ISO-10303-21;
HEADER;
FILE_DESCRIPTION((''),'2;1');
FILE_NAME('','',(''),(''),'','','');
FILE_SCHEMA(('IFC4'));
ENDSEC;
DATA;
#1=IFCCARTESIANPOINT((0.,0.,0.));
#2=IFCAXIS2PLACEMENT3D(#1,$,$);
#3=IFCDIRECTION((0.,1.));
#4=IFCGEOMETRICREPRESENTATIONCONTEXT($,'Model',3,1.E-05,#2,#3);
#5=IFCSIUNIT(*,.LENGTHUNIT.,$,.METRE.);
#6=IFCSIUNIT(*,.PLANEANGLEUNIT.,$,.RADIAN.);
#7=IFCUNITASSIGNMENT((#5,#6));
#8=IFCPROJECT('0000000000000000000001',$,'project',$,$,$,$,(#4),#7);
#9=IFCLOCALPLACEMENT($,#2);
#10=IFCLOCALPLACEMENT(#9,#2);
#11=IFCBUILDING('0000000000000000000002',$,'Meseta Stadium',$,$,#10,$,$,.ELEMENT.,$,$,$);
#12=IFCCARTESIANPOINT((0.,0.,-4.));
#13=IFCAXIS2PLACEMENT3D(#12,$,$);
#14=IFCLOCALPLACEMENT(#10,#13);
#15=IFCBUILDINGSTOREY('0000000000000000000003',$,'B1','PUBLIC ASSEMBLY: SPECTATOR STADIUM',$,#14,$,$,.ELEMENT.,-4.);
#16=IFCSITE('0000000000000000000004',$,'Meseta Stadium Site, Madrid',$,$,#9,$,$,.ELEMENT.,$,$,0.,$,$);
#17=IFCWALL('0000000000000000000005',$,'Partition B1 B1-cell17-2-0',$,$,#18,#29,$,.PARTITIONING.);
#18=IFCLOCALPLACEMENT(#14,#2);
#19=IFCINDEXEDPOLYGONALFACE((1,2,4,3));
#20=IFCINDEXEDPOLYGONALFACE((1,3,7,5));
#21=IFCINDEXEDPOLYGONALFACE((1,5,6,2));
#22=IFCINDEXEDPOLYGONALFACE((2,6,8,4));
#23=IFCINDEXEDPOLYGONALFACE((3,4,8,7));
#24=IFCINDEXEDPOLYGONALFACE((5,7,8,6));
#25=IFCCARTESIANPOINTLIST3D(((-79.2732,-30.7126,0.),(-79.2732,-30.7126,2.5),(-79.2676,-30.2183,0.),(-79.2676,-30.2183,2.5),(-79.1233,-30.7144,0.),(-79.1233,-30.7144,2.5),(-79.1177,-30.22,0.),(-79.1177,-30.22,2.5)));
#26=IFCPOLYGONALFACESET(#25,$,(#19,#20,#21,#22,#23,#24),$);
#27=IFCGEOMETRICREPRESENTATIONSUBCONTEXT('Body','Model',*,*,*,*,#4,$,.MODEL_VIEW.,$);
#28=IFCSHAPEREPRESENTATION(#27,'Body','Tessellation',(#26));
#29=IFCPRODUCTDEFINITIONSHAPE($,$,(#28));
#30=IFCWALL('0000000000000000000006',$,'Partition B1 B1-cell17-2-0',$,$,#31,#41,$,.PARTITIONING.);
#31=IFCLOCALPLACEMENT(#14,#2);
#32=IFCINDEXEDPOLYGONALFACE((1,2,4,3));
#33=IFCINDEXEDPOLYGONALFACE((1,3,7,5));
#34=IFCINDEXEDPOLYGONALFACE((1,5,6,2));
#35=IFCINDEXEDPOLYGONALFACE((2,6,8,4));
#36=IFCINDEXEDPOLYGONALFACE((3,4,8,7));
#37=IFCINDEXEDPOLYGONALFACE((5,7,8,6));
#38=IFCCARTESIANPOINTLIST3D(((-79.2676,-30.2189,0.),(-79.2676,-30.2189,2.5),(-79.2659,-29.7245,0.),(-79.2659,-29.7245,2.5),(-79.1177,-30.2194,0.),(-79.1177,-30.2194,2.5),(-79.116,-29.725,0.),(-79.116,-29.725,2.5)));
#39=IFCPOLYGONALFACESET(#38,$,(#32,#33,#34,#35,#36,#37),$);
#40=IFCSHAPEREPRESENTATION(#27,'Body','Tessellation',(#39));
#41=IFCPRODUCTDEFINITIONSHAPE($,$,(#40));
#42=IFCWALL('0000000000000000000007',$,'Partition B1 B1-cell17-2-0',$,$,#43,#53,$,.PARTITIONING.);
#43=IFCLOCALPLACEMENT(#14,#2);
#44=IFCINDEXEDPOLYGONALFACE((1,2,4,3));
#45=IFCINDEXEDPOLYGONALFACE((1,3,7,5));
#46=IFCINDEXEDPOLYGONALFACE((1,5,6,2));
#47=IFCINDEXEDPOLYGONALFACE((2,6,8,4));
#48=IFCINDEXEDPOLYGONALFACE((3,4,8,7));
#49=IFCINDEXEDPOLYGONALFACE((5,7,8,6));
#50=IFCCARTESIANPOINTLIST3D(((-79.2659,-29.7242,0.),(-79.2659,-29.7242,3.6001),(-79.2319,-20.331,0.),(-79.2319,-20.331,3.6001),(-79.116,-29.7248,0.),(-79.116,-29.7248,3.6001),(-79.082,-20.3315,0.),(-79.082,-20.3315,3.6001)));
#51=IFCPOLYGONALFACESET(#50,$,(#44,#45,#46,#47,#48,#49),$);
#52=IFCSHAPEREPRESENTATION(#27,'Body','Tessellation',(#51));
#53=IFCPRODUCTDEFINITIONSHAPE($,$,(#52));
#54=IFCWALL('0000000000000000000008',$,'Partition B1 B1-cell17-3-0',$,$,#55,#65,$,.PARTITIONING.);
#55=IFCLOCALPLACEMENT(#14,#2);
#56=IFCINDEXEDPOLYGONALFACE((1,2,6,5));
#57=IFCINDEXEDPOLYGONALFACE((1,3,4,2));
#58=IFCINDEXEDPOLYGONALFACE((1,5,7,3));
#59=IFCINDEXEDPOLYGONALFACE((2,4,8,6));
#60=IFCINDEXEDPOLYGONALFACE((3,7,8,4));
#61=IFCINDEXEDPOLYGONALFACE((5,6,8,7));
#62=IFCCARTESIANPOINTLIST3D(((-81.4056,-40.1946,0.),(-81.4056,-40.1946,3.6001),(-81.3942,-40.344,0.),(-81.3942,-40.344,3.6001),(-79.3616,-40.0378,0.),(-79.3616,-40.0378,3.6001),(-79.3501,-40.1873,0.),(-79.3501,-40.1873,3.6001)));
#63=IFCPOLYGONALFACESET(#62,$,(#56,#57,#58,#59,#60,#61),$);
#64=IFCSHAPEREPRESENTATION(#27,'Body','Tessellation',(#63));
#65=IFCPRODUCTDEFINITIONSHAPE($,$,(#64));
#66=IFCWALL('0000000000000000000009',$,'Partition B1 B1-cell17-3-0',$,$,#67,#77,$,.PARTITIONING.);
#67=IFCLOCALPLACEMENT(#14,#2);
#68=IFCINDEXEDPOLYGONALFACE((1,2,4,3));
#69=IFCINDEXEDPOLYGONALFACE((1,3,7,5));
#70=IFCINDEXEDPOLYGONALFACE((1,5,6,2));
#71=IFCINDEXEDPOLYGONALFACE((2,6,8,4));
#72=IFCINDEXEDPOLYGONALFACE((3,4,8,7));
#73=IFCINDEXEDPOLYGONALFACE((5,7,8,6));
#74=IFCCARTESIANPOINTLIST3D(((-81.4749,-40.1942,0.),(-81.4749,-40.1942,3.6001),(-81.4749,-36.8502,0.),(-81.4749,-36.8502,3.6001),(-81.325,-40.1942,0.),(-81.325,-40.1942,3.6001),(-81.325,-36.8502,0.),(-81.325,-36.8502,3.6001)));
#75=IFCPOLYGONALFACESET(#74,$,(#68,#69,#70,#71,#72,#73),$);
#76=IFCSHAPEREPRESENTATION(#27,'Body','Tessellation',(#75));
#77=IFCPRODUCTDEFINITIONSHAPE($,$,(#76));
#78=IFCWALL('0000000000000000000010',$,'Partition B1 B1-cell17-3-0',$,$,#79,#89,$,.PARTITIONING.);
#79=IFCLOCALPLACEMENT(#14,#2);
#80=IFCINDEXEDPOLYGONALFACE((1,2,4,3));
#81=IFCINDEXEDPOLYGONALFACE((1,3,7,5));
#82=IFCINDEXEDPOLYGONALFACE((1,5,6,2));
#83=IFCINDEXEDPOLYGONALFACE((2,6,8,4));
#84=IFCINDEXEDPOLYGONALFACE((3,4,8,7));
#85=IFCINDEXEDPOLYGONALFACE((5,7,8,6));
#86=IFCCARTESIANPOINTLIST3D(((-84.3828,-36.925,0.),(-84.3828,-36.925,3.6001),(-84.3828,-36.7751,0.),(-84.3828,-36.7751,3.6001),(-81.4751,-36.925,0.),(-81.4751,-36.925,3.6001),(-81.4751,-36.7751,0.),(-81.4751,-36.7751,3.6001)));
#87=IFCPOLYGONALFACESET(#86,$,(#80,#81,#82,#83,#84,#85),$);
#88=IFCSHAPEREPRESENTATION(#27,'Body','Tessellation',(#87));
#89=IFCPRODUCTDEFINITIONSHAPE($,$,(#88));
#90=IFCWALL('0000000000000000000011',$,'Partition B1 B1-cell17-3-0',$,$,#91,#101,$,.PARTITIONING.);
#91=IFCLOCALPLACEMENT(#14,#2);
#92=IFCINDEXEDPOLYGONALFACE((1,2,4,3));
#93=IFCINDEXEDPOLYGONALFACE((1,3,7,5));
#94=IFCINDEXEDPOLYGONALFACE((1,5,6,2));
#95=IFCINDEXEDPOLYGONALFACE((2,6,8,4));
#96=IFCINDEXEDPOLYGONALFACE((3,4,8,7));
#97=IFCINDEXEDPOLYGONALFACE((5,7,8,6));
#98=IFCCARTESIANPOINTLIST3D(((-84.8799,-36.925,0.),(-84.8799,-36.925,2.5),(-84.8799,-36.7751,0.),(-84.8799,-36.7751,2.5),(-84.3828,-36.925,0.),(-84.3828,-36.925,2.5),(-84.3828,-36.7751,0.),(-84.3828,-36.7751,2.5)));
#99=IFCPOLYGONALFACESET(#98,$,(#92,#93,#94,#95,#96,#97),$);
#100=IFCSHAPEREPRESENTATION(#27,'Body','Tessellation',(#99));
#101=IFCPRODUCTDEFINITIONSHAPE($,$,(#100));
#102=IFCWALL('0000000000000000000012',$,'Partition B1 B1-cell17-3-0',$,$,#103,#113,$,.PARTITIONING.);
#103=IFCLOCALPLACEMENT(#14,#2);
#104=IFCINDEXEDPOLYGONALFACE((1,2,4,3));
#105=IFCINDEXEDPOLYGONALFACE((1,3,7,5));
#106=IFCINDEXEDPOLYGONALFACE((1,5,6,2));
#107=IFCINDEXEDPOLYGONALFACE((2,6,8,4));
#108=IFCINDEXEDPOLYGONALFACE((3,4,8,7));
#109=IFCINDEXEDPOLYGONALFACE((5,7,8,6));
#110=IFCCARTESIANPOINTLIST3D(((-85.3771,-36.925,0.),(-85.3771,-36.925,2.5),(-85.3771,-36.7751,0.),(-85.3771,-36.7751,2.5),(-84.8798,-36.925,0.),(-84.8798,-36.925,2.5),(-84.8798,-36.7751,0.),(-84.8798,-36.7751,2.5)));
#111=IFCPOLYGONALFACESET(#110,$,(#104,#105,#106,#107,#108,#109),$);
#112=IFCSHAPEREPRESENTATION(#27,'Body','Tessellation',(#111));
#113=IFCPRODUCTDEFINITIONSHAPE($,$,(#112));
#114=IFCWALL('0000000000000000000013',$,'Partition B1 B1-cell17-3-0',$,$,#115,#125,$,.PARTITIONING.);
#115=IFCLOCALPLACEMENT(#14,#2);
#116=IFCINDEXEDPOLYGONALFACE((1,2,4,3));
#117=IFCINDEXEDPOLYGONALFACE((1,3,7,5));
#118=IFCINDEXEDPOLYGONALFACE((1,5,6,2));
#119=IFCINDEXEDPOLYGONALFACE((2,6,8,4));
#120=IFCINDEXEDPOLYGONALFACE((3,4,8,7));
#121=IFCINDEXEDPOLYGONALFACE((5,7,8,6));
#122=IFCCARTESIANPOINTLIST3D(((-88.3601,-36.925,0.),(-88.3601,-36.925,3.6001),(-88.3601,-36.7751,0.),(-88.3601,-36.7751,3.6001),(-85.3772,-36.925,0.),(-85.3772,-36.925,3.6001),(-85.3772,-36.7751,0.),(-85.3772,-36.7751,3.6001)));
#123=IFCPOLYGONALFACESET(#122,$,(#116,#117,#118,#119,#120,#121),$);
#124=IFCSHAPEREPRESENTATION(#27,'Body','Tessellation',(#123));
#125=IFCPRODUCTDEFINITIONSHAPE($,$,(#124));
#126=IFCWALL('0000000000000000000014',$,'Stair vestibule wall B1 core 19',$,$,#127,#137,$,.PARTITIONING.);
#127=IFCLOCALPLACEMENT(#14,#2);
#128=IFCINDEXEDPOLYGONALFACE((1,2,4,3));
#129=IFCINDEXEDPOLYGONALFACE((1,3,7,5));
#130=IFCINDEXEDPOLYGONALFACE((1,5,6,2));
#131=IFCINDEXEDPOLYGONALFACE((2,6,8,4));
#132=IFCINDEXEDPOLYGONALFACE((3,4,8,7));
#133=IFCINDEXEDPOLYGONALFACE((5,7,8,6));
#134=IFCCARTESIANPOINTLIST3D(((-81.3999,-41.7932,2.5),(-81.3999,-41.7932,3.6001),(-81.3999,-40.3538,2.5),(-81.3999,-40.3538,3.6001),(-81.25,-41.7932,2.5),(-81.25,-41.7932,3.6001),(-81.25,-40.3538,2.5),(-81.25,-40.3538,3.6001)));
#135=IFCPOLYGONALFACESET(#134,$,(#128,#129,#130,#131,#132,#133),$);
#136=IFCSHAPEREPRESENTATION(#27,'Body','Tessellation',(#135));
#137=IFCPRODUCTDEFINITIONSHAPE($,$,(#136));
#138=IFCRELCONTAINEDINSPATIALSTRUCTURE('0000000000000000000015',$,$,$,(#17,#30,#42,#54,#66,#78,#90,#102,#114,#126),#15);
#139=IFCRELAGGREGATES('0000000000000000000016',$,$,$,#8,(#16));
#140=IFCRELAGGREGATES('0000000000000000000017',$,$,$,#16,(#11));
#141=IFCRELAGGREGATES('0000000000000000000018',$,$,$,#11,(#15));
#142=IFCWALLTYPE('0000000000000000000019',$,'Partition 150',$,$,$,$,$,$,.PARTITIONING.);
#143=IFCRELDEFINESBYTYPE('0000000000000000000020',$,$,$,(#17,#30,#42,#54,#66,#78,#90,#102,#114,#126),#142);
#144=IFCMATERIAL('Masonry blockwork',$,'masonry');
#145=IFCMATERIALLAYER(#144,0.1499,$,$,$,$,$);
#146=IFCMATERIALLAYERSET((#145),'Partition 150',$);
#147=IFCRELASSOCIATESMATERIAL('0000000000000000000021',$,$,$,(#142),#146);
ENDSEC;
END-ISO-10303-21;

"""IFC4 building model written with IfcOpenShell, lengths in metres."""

from ifc_helpers import new_model, si_unit, direction, frame, frame_2d, origin, place, context, subcontext, project, spatial, rectangle, extrude, material, layer, layer_set, type_object, element, save


model = new_model("IFC4")

# Units and contexts
model_context = context("Model", 3, precision=1e-05, world=origin(), true_north=direction((0.0, 1.0)))
body_context = subcontext(model_context, "Body", "Model", "MODEL_VIEW")
ifc_project = project(units=[si_unit("LENGTHUNIT", "METRE"), si_unit("PLANEANGLEUNIT", "RADIAN")], contexts=[model_context])

# Site, building, storey
site_placement = place(None, origin())
site = spatial("IfcSite", under=ifc_project, at=site_placement, Name="Meseta Stadium Site, Madrid", CompositionType="ELEMENT", RefElevation=0.0)
building_placement = place(site_placement, origin())
building = spatial("IfcBuilding", under=site, at=building_placement, Name="Meseta Stadium", CompositionType="ELEMENT")
storey_placement = place(building_placement, frame((0.0, 0.0, -4.0)))
storey = spatial("IfcBuildingStorey", under=building, at=storey_placement, Name="B1", Description="PUBLIC ASSEMBLY: SPECTATOR STADIUM", CompositionType="ELEMENT", Elevation=-4.0)

# Walls
ifc_material_1 = material(Name="Masonry blockwork", Category="masonry")
ifc_layer = layer(ifc_material_1, 0.1499)
ifc_layer_set = layer_set([ifc_layer], Name="Partition 150")
wall_type = type_object("IfcWallType", Name="Partition 150", PredefinedType="PARTITIONING", material=ifc_layer_set)
for number, where, z_axis, x_axis, name in (
    (1, (-79.1982, -30.7134, 0.0), (0.0, 0.0, 1.0), (0.011357, 0.999936, 0.0), "Partition B1 B1-cell17-2-0"),
    (2, (-79.1926, -30.219, 0.0), (0.0, 0.0, 1.0), (0.003457, 0.999994, 0.0), "Partition B1 B1-cell17-2-0"),
):
    element("IfcWall", number, at=place(storey_placement, frame(where, z_axis=z_axis, x_axis=x_axis)), inside=storey, type_object=wall_type, Name=name, PredefinedType="PARTITIONING", context=body_context, shape_type="SweptSolid", body=[
        extrude(rectangle(XDim=0.4944, YDim=0.1499, at=frame_2d((0.2471, 0.0))), origin(), (0.0, 0.0, 1.0), 2.5),
    ])
wall_1_placement = place(storey_placement, frame((-79.1909, -29.7246, 0.0), z_axis=(0.0, 0.0, 1.0), x_axis=(0.003613, 0.999993, 0.0)))
element("IfcWall", 3, at=wall_1_placement, inside=storey, type_object=wall_type, Name="Partition B1 B1-cell17-2-0", PredefinedType="PARTITIONING", context=body_context, shape_type="SweptSolid", body=[
    extrude(rectangle(XDim=9.3933, YDim=0.1499, at=frame_2d((4.6968, 0.0))), origin(), (0.0, 0.0, 1.0), 3.6001),
])
wall_2_placement = place(storey_placement, frame((-79.356, -40.1125, 0.0), z_axis=(0.0, 0.0, 1.0), x_axis=(-0.997073, -0.07646, 0.0)))
element("IfcWall", 4, at=wall_2_placement, inside=storey, type_object=wall_type, Name="Partition B1 B1-cell17-3-0", PredefinedType="PARTITIONING", context=body_context, shape_type="SweptSolid", body=[
    extrude(rectangle(XDim=2.05, YDim=0.1499, at=frame_2d((1.0249, 0.0))), origin(), (0.0, 0.0, 1.0), 3.6001),
])
wall_3_placement = place(storey_placement, frame((-81.3999, -40.1941, 0.0), z_axis=(0.0, 0.0, 1.0), x_axis=(0.0, 1.0, 0.0)))
element("IfcWall", 5, at=wall_3_placement, inside=storey, type_object=wall_type, Name="Partition B1 B1-cell17-3-0", PredefinedType="PARTITIONING", context=body_context, shape_type="SweptSolid", body=[
    extrude(rectangle(XDim=3.344, YDim=0.1499, at=frame_2d((1.6719, 0.0))), origin(), (0.0, 0.0, 1.0), 3.6001),
])
wall_4_placement = place(storey_placement, frame((-81.4751, -36.8501, 0.0), z_axis=(0.0, 0.0, 1.0), x_axis=(-1.0, 0.0, 0.0)))
element("IfcWall", 6, at=wall_4_placement, inside=storey, type_object=wall_type, Name="Partition B1 B1-cell17-3-0", PredefinedType="PARTITIONING", context=body_context, shape_type="SweptSolid", body=[
    extrude(rectangle(XDim=2.9077, YDim=0.1499, at=frame_2d((1.4539, 0.0))), origin(), (0.0, 0.0, 1.0), 3.6001),
])
wall_5_placement = place(storey_placement, frame((-84.3828, -36.8501, 0.0), z_axis=(0.0, 0.0, 1.0), x_axis=(-1.0, 0.0, 0.0)))
element("IfcWall", 7, at=wall_5_placement, inside=storey, type_object=wall_type, Name="Partition B1 B1-cell17-3-0", PredefinedType="PARTITIONING", context=body_context, shape_type="SweptSolid", body=[
    extrude(rectangle(XDim=0.4971, YDim=0.1499, at=frame_2d((0.2485, 0.0))), origin(), (0.0, 0.0, 1.0), 2.5),
])
wall_6_placement = place(storey_placement, frame((-84.8799, -36.8501, 0.0), z_axis=(0.0, 0.0, 1.0), x_axis=(-1.0, 0.0, 0.0)))
element("IfcWall", 8, at=wall_6_placement, inside=storey, type_object=wall_type, Name="Partition B1 B1-cell17-3-0", PredefinedType="PARTITIONING", context=body_context, shape_type="SweptSolid", body=[
    extrude(rectangle(XDim=0.4973, YDim=0.1499, at=frame_2d((0.2485, 0.0))), origin(), (0.0, 0.0, 1.0), 2.5),
])
wall_7_placement = place(storey_placement, frame((-85.3772, -36.8501, 0.0), z_axis=(0.0, 0.0, 1.0), x_axis=(-1.0, 0.0, 0.0)))
element("IfcWall", 9, at=wall_7_placement, inside=storey, type_object=wall_type, Name="Partition B1 B1-cell17-3-0", PredefinedType="PARTITIONING", context=body_context, shape_type="SweptSolid", body=[
    extrude(rectangle(XDim=2.9829, YDim=0.1499, at=frame_2d((1.4915, 0.0))), origin(), (0.0, 0.0, 1.0), 3.6001),
])
wall_8_placement = place(storey_placement, frame((-81.325, -41.7932, 2.5), z_axis=(0.0, 0.0, 1.0), x_axis=(0.0, 1.0, 0.0)))
element("IfcWall", 10, at=wall_8_placement, inside=storey, type_object=wall_type, Name="Stair vestibule wall B1 core 19", PredefinedType="PARTITIONING", context=body_context, shape_type="SweptSolid", body=[
    extrude(rectangle(XDim=1.4395, YDim=0.1499, at=frame_2d((0.7197, 0.0))), origin(), (0.0, 0.0, 1.0), 1.1001),
])

save(model, "model.ifc")
